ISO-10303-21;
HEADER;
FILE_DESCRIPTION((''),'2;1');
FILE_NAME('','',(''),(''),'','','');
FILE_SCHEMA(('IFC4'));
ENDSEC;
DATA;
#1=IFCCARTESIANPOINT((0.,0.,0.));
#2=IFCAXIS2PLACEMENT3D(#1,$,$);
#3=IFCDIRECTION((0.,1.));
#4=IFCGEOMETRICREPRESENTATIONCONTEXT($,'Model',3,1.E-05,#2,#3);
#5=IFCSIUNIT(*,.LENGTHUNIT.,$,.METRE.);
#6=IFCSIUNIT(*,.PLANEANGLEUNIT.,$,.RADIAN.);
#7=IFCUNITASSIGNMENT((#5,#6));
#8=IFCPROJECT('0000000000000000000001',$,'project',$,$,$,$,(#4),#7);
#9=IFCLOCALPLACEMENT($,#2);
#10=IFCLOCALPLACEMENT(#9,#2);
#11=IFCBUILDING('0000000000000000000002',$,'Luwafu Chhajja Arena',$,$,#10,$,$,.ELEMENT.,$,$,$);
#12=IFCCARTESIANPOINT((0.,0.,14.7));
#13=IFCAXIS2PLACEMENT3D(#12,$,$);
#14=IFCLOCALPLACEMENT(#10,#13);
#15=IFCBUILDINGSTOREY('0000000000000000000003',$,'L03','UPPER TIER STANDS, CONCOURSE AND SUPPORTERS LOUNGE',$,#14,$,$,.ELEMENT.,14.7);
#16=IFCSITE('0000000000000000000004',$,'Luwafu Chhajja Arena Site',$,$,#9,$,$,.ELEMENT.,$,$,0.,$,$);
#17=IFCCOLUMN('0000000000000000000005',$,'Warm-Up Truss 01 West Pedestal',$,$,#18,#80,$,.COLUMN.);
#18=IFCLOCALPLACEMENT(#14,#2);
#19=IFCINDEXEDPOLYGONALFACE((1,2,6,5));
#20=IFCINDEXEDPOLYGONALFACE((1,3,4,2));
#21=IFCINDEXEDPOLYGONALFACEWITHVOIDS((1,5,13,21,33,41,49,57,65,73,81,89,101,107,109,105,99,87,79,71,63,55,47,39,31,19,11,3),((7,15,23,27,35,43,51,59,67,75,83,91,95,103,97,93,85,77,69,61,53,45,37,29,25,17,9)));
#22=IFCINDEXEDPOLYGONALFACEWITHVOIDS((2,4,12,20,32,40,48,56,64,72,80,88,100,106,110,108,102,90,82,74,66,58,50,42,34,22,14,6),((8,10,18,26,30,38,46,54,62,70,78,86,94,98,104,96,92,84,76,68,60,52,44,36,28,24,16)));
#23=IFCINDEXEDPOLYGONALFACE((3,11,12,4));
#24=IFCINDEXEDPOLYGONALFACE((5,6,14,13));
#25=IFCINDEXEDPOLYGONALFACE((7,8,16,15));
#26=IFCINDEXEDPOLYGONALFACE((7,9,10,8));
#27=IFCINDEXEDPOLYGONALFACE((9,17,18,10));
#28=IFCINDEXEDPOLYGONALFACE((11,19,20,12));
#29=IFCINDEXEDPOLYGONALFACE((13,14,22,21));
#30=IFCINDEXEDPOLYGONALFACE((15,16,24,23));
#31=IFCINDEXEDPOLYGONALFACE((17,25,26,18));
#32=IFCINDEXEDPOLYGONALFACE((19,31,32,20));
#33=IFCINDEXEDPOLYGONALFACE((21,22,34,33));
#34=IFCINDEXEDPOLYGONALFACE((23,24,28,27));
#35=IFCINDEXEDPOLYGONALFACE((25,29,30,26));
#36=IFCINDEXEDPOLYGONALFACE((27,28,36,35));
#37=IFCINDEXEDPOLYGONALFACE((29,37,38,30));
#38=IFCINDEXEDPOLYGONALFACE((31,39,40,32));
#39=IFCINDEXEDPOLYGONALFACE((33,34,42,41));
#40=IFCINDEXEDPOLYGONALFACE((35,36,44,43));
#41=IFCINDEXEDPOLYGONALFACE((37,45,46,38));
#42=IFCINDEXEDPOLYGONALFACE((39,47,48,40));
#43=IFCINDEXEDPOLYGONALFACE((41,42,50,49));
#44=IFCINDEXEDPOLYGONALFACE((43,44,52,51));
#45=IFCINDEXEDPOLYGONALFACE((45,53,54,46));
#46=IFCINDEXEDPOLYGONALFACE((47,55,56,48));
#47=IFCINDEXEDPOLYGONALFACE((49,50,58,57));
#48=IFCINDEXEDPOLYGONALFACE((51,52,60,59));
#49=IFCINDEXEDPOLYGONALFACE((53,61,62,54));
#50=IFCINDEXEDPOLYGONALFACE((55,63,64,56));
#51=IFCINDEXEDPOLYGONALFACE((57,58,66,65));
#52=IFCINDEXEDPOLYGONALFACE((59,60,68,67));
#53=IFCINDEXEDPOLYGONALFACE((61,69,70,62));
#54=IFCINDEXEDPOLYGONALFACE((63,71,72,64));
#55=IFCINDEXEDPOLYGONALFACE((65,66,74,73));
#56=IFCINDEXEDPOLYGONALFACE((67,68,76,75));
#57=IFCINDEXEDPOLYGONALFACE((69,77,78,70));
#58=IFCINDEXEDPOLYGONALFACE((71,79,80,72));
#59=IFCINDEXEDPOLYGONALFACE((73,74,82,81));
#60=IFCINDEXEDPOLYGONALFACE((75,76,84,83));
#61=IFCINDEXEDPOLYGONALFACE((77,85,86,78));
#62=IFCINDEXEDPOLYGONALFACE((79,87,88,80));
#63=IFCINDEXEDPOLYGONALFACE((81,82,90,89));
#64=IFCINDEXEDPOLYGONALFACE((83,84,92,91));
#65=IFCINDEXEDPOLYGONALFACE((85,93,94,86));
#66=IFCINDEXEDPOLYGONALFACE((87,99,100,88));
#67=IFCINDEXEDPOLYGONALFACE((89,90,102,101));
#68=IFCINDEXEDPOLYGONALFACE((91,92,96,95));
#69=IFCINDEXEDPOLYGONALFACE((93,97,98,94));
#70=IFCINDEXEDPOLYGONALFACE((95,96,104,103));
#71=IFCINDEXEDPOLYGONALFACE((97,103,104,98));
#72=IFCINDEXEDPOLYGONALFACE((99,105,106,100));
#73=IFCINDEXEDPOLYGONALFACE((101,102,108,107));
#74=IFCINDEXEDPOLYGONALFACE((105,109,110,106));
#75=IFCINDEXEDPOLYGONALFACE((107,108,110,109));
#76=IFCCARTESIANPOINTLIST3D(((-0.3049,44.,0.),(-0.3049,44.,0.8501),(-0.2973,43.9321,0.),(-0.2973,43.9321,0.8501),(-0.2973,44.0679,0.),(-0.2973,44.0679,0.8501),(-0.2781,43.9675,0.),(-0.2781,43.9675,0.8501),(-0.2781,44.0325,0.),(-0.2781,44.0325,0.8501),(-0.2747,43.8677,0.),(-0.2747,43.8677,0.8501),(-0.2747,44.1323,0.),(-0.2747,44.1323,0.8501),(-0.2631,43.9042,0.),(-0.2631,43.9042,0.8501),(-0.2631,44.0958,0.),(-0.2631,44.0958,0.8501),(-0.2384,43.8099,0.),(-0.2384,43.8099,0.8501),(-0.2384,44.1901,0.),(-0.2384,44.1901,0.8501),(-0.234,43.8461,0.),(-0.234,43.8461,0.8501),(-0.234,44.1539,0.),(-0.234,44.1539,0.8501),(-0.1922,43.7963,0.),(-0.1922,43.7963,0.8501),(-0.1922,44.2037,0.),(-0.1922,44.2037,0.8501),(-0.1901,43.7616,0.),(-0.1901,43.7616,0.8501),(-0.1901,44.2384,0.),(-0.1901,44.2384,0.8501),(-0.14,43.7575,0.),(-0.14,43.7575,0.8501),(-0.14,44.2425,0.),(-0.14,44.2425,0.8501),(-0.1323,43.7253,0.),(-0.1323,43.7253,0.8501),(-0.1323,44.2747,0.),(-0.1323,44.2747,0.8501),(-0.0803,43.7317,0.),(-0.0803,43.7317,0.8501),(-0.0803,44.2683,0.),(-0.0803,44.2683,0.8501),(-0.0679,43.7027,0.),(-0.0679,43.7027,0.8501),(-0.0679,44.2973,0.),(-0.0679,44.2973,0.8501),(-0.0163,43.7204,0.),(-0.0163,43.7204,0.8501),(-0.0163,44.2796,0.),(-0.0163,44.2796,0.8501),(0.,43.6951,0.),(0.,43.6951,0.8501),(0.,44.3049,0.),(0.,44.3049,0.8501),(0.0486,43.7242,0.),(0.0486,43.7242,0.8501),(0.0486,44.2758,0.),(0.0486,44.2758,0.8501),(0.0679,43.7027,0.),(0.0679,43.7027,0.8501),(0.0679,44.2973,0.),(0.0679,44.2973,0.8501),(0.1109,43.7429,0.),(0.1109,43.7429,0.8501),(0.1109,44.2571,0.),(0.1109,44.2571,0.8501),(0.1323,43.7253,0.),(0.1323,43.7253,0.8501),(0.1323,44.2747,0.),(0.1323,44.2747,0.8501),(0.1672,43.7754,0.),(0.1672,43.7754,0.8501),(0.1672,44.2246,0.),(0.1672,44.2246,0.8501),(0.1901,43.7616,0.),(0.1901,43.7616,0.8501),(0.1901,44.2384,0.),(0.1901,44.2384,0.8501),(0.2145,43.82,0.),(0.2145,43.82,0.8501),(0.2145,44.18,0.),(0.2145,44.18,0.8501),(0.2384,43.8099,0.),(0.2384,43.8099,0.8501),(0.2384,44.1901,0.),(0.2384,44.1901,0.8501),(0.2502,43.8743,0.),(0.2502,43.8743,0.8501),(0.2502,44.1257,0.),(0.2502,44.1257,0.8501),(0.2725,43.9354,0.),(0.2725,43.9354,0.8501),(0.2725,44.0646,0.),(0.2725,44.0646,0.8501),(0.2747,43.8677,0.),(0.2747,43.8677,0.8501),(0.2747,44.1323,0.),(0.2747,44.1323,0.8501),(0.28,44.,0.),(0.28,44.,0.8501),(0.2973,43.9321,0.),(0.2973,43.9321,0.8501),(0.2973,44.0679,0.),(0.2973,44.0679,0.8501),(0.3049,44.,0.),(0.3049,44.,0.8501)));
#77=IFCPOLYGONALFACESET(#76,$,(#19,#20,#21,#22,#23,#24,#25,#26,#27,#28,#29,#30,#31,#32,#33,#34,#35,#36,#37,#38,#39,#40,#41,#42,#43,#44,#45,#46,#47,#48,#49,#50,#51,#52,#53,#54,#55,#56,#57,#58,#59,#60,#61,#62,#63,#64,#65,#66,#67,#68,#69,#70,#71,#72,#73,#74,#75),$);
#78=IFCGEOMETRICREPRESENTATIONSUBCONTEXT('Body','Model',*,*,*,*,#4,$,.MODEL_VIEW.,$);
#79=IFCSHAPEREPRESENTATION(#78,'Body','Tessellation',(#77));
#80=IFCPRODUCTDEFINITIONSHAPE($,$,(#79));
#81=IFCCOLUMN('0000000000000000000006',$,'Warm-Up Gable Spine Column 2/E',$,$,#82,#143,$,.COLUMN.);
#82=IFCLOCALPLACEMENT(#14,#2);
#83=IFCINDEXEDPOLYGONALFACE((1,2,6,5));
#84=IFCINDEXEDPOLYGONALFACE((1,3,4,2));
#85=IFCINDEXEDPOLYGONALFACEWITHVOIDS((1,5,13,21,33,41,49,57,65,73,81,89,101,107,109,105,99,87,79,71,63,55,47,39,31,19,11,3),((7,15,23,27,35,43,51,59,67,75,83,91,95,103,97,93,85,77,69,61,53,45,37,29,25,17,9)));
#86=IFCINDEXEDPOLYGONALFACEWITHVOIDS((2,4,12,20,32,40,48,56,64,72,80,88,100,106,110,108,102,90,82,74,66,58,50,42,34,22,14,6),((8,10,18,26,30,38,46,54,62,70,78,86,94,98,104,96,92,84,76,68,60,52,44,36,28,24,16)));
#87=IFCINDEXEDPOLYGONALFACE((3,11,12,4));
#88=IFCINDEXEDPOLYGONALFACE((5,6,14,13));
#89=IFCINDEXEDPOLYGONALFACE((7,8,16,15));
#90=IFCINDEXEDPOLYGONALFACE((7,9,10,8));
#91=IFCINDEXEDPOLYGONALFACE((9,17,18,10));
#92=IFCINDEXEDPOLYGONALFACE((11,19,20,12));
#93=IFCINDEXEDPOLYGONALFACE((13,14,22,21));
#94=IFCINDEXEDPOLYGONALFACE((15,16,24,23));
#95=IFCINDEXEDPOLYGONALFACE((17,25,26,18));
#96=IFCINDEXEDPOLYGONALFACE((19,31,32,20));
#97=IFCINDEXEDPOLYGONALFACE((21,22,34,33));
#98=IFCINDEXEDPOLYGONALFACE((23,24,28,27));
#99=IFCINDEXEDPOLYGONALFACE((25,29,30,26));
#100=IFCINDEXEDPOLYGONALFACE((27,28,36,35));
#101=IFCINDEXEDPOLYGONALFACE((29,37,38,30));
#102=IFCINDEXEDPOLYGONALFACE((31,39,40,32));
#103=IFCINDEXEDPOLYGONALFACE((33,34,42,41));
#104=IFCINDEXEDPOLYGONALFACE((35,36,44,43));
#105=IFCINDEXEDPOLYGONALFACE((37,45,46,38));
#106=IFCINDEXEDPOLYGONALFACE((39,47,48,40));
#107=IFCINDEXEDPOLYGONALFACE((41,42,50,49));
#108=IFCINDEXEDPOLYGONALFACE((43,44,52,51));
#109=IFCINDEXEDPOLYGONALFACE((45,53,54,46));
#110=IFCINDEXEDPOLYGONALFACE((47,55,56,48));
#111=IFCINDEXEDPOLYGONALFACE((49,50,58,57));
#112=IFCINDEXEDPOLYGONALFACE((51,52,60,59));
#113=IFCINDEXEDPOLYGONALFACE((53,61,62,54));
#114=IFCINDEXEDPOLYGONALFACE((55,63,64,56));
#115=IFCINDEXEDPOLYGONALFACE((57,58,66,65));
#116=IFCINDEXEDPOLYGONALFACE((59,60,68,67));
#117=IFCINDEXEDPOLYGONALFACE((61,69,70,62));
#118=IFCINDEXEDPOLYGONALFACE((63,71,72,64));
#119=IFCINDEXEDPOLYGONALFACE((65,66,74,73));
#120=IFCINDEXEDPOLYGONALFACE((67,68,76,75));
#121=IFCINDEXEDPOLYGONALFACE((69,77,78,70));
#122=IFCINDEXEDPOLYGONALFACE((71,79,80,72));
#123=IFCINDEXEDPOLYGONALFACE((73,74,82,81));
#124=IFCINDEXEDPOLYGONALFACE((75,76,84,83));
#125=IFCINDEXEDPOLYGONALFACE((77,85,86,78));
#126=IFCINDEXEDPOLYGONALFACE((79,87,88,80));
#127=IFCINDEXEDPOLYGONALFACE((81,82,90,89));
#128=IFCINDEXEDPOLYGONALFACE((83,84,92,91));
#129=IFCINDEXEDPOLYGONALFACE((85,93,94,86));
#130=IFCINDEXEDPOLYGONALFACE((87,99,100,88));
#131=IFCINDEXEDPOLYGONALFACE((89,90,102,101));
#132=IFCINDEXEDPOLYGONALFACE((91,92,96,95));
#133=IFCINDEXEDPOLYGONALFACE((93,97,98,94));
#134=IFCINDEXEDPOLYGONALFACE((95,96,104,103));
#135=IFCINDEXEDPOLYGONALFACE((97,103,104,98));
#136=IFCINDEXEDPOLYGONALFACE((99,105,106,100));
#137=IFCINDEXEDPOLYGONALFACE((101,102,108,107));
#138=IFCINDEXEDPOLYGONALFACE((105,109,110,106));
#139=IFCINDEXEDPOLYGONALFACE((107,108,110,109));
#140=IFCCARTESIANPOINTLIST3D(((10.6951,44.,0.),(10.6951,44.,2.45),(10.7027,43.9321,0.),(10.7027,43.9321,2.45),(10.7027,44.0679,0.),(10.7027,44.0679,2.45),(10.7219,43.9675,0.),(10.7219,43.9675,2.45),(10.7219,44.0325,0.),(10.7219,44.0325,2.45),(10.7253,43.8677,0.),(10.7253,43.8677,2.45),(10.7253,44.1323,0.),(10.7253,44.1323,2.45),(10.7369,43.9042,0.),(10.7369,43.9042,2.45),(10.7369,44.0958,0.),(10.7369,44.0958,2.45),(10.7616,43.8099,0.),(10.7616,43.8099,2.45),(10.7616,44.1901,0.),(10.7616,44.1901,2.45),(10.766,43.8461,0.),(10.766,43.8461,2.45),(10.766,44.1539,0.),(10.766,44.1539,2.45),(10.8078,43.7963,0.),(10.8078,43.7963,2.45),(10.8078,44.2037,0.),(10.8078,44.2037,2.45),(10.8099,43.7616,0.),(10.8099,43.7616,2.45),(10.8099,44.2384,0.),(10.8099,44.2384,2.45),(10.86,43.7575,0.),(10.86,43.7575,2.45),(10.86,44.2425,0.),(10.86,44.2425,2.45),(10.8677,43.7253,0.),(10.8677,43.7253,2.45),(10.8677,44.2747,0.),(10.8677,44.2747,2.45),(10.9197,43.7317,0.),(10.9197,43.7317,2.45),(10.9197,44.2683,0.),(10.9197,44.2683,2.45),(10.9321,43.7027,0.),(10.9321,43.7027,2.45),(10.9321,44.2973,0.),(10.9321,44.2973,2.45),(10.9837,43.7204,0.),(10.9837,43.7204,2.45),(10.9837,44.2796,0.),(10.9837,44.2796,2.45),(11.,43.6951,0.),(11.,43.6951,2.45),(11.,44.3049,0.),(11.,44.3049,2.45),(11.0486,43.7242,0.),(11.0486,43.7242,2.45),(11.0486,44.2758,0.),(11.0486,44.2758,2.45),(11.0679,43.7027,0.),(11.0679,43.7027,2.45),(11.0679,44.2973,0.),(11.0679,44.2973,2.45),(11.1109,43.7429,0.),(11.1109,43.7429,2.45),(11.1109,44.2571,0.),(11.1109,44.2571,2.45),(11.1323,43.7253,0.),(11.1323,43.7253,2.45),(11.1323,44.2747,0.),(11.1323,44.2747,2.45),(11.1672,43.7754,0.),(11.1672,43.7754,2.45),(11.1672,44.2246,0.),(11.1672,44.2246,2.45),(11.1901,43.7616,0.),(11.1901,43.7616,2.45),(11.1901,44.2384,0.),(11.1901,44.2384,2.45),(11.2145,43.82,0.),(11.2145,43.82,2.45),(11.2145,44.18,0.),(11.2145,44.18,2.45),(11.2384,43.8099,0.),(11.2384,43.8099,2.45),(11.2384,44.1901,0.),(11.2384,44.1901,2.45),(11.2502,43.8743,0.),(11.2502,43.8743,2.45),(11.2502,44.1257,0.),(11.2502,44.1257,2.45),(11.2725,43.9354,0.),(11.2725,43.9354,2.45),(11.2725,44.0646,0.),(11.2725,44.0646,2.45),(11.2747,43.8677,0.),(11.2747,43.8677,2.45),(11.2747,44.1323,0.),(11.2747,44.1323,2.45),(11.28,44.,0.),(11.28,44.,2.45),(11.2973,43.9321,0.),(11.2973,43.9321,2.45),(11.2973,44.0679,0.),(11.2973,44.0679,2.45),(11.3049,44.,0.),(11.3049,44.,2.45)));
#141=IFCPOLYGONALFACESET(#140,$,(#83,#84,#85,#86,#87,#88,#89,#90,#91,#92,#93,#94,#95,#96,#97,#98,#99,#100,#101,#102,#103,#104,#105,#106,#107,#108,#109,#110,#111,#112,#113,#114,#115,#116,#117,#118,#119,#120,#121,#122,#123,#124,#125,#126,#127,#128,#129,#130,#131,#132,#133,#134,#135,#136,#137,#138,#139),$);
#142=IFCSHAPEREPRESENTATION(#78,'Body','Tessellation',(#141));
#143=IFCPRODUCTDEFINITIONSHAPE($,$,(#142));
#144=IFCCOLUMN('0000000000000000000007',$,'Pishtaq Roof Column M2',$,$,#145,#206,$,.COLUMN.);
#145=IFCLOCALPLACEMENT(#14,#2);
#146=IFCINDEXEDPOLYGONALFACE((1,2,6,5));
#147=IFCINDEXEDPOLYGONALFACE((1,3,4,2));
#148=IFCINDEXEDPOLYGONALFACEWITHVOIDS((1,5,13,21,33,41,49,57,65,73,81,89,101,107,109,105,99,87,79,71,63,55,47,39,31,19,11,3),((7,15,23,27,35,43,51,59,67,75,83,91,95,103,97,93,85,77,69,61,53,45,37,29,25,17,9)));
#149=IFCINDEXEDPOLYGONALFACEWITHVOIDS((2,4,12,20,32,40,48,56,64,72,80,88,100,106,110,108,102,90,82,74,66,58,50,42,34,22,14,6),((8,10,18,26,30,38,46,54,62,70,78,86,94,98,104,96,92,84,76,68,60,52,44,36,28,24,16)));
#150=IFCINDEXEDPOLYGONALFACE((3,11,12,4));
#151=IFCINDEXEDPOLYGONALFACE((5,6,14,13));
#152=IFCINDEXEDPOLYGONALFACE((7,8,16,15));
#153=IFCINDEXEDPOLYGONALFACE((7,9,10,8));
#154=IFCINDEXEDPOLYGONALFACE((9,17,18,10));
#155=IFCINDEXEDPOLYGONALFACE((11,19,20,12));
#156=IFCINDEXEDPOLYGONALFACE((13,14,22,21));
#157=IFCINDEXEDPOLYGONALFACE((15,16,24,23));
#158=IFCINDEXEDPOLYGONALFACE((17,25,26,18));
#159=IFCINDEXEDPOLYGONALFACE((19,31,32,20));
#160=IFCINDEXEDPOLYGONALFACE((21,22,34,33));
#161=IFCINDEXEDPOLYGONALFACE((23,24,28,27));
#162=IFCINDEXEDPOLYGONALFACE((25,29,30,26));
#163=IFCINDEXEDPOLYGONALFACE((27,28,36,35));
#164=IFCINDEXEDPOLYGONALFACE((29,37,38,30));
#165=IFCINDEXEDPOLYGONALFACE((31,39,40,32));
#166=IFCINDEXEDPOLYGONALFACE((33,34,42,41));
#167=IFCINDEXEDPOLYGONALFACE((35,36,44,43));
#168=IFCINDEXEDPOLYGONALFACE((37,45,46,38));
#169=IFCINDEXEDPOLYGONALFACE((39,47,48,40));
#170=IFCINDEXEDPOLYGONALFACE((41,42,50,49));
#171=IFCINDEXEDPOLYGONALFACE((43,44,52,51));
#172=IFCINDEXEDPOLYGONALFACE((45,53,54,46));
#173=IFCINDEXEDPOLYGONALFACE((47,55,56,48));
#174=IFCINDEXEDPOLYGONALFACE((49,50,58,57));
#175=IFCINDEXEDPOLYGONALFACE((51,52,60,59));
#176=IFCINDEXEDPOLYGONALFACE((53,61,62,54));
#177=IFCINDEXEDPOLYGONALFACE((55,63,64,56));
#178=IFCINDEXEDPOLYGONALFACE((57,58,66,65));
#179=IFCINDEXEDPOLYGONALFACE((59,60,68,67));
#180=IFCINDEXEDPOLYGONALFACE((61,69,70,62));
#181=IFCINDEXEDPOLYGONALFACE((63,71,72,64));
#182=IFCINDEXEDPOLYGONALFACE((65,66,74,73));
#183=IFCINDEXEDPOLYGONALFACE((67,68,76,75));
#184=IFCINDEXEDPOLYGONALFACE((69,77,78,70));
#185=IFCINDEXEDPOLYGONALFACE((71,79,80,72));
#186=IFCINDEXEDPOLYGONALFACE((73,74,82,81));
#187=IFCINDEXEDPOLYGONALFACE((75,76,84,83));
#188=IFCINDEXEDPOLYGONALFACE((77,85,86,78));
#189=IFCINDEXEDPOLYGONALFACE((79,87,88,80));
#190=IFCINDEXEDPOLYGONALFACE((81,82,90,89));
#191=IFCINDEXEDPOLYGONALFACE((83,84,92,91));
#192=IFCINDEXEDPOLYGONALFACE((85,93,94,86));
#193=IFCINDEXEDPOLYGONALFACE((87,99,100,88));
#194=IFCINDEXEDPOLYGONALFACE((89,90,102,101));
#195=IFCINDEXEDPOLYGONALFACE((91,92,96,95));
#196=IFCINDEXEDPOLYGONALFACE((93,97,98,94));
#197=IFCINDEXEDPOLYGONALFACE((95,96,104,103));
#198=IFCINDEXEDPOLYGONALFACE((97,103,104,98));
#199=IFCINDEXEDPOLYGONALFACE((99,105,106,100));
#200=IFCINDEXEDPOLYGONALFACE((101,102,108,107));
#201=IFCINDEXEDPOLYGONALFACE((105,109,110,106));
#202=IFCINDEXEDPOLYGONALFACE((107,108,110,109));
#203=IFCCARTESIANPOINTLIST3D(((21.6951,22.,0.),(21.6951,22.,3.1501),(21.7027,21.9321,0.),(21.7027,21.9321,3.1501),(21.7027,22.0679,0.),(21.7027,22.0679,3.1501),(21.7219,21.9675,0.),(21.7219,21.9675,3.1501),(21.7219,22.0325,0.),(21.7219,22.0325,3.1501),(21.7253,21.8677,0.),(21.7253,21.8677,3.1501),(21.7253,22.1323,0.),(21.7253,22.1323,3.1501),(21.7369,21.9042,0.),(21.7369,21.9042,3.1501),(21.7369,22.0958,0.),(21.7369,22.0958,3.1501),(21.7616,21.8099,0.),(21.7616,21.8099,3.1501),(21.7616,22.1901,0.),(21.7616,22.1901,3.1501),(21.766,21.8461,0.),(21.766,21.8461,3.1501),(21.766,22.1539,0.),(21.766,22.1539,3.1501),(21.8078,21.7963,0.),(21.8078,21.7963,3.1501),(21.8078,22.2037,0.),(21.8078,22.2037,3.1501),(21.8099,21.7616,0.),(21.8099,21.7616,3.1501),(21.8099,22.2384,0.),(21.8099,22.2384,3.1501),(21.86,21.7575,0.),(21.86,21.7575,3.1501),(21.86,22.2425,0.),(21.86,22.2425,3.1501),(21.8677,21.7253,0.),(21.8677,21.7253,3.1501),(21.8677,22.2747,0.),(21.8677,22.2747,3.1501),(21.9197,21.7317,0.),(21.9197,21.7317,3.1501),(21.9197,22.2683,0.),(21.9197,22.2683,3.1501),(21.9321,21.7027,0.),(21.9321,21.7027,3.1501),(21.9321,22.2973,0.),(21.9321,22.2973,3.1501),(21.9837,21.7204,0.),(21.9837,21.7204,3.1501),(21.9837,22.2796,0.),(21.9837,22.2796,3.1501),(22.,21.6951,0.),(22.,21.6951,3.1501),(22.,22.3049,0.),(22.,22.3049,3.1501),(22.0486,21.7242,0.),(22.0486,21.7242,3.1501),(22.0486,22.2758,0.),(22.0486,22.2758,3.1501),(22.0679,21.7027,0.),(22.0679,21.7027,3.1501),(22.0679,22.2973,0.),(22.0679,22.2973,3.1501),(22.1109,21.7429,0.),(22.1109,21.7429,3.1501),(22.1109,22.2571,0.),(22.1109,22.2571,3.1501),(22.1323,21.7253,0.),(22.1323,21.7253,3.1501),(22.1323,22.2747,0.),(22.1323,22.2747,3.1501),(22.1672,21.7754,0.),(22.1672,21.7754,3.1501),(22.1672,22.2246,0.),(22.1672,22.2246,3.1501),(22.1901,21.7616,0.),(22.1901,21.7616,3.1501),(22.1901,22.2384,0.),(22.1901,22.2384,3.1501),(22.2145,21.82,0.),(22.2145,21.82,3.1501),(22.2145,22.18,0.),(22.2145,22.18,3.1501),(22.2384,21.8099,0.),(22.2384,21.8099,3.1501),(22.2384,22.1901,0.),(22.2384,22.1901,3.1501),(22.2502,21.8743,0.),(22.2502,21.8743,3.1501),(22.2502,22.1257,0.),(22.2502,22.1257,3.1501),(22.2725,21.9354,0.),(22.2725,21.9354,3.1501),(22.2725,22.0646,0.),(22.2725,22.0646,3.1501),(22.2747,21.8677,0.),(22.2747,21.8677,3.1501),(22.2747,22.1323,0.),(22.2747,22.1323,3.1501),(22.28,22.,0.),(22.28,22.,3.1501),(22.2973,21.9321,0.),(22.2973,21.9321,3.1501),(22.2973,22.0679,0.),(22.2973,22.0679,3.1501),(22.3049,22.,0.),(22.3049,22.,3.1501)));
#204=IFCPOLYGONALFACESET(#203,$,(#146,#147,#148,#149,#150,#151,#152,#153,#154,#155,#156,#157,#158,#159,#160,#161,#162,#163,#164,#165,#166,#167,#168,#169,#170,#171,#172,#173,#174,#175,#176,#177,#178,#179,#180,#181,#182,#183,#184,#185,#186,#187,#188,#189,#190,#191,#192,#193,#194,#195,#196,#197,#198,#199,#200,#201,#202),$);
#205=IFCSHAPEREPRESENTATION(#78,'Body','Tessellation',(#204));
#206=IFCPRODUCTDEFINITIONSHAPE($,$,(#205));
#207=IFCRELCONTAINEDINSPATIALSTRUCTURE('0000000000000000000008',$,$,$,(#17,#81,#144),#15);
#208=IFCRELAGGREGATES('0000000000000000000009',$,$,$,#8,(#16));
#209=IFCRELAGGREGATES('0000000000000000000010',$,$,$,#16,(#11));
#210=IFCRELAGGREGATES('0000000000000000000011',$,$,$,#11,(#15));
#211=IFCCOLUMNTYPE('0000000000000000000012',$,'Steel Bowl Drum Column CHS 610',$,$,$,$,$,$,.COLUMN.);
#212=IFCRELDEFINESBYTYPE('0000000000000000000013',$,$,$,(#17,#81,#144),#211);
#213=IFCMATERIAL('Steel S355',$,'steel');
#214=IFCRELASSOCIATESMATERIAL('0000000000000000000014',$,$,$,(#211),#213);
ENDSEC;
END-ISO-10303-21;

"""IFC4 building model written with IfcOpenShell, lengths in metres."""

from ifc_helpers import new_model, si_unit, direction, frame, origin, origin_2d, place, context, subcontext, project, spatial, hollow_circle, extrude, material, material_profile, profile_set, type_object, element, save


model = new_model("IFC4")

# Units and contexts
model_context = context("Model", 3, precision=1e-05, world=origin(), true_north=direction((0.0, 1.0)))
body_context = subcontext(model_context, "Body", "Model", "MODEL_VIEW")
ifc_project = project(units=[si_unit("LENGTHUNIT", "METRE"), si_unit("PLANEANGLEUNIT", "RADIAN")], contexts=[model_context])

# Site, building, storey
site_placement = place(None, origin())
site = spatial("IfcSite", under=ifc_project, at=site_placement, Name="Luwafu Chhajja Arena Site", CompositionType="ELEMENT", RefElevation=0.0)
building_placement = place(site_placement, origin())
building = spatial("IfcBuilding", under=site, at=building_placement, Name="Luwafu Chhajja Arena", CompositionType="ELEMENT")
storey_placement = place(building_placement, frame((0.0, 0.0, 14.7)))
storey = spatial("IfcBuildingStorey", under=building, at=storey_placement, Name="L03", Description="UPPER TIER STANDS, CONCOURSE AND SUPPORTERS LOUNGE", CompositionType="ELEMENT", Elevation=14.7)

# Columns
ifc_material_1 = material(Name="Steel S355", Category="steel")
ifc_material_profile_1 = material_profile(ifc_material_1, hollow_circle(Radius=0.3049, WallThickness=0.0249, at=origin_2d()), Name="CHS 610x25")
ifc_profile_set_1 = profile_set([ifc_material_profile_1], Name="Steel S355")
column_type = type_object("IfcColumnType", Name="Steel Bowl Drum Column CHS 610", PredefinedType="COLUMN", material=ifc_profile_set_1)
column_1_placement = place(storey_placement, frame((0.0, 44.0, 0.0), z_axis=(0.0, 0.0, 1.0), x_axis=(1.0, 0.0, 0.0)))
element("IfcColumn", 1, at=column_1_placement, inside=storey, type_object=column_type, Name="Warm-Up Truss 01 West Pedestal", PredefinedType="COLUMN", context=body_context, shape_type="SweptSolid", body=[
    extrude(hollow_circle(Radius=0.3049, WallThickness=0.0249, at=origin_2d()), origin(), (0.0, 0.0, 1.0), 0.8501),
])
column_2_placement = place(storey_placement, frame((11.0, 44.0, 0.0), z_axis=(0.0, 0.0, 1.0), x_axis=(1.0, 0.0, 0.0)))
element("IfcColumn", 2, at=column_2_placement, inside=storey, type_object=column_type, Name="Warm-Up Gable Spine Column 2/E", PredefinedType="COLUMN", context=body_context, shape_type="SweptSolid", body=[
    extrude(hollow_circle(Radius=0.3049, WallThickness=0.0249, at=origin_2d()), origin(), (0.0, 0.0, 1.0), 2.45),
])
column_3_placement = place(storey_placement, frame((22.0, 22.0, 0.0), z_axis=(0.0, 0.0, 1.0), x_axis=(1.0, 0.0, 0.0)))
element("IfcColumn", 3, at=column_3_placement, inside=storey, type_object=column_type, Name="Pishtaq Roof Column M2", PredefinedType="COLUMN", context=body_context, shape_type="SweptSolid", body=[
    extrude(hollow_circle(Radius=0.3049, WallThickness=0.0249, at=origin_2d()), origin(), (0.0, 0.0, 1.0), 3.1501),
])

save(model, "model.ifc")
